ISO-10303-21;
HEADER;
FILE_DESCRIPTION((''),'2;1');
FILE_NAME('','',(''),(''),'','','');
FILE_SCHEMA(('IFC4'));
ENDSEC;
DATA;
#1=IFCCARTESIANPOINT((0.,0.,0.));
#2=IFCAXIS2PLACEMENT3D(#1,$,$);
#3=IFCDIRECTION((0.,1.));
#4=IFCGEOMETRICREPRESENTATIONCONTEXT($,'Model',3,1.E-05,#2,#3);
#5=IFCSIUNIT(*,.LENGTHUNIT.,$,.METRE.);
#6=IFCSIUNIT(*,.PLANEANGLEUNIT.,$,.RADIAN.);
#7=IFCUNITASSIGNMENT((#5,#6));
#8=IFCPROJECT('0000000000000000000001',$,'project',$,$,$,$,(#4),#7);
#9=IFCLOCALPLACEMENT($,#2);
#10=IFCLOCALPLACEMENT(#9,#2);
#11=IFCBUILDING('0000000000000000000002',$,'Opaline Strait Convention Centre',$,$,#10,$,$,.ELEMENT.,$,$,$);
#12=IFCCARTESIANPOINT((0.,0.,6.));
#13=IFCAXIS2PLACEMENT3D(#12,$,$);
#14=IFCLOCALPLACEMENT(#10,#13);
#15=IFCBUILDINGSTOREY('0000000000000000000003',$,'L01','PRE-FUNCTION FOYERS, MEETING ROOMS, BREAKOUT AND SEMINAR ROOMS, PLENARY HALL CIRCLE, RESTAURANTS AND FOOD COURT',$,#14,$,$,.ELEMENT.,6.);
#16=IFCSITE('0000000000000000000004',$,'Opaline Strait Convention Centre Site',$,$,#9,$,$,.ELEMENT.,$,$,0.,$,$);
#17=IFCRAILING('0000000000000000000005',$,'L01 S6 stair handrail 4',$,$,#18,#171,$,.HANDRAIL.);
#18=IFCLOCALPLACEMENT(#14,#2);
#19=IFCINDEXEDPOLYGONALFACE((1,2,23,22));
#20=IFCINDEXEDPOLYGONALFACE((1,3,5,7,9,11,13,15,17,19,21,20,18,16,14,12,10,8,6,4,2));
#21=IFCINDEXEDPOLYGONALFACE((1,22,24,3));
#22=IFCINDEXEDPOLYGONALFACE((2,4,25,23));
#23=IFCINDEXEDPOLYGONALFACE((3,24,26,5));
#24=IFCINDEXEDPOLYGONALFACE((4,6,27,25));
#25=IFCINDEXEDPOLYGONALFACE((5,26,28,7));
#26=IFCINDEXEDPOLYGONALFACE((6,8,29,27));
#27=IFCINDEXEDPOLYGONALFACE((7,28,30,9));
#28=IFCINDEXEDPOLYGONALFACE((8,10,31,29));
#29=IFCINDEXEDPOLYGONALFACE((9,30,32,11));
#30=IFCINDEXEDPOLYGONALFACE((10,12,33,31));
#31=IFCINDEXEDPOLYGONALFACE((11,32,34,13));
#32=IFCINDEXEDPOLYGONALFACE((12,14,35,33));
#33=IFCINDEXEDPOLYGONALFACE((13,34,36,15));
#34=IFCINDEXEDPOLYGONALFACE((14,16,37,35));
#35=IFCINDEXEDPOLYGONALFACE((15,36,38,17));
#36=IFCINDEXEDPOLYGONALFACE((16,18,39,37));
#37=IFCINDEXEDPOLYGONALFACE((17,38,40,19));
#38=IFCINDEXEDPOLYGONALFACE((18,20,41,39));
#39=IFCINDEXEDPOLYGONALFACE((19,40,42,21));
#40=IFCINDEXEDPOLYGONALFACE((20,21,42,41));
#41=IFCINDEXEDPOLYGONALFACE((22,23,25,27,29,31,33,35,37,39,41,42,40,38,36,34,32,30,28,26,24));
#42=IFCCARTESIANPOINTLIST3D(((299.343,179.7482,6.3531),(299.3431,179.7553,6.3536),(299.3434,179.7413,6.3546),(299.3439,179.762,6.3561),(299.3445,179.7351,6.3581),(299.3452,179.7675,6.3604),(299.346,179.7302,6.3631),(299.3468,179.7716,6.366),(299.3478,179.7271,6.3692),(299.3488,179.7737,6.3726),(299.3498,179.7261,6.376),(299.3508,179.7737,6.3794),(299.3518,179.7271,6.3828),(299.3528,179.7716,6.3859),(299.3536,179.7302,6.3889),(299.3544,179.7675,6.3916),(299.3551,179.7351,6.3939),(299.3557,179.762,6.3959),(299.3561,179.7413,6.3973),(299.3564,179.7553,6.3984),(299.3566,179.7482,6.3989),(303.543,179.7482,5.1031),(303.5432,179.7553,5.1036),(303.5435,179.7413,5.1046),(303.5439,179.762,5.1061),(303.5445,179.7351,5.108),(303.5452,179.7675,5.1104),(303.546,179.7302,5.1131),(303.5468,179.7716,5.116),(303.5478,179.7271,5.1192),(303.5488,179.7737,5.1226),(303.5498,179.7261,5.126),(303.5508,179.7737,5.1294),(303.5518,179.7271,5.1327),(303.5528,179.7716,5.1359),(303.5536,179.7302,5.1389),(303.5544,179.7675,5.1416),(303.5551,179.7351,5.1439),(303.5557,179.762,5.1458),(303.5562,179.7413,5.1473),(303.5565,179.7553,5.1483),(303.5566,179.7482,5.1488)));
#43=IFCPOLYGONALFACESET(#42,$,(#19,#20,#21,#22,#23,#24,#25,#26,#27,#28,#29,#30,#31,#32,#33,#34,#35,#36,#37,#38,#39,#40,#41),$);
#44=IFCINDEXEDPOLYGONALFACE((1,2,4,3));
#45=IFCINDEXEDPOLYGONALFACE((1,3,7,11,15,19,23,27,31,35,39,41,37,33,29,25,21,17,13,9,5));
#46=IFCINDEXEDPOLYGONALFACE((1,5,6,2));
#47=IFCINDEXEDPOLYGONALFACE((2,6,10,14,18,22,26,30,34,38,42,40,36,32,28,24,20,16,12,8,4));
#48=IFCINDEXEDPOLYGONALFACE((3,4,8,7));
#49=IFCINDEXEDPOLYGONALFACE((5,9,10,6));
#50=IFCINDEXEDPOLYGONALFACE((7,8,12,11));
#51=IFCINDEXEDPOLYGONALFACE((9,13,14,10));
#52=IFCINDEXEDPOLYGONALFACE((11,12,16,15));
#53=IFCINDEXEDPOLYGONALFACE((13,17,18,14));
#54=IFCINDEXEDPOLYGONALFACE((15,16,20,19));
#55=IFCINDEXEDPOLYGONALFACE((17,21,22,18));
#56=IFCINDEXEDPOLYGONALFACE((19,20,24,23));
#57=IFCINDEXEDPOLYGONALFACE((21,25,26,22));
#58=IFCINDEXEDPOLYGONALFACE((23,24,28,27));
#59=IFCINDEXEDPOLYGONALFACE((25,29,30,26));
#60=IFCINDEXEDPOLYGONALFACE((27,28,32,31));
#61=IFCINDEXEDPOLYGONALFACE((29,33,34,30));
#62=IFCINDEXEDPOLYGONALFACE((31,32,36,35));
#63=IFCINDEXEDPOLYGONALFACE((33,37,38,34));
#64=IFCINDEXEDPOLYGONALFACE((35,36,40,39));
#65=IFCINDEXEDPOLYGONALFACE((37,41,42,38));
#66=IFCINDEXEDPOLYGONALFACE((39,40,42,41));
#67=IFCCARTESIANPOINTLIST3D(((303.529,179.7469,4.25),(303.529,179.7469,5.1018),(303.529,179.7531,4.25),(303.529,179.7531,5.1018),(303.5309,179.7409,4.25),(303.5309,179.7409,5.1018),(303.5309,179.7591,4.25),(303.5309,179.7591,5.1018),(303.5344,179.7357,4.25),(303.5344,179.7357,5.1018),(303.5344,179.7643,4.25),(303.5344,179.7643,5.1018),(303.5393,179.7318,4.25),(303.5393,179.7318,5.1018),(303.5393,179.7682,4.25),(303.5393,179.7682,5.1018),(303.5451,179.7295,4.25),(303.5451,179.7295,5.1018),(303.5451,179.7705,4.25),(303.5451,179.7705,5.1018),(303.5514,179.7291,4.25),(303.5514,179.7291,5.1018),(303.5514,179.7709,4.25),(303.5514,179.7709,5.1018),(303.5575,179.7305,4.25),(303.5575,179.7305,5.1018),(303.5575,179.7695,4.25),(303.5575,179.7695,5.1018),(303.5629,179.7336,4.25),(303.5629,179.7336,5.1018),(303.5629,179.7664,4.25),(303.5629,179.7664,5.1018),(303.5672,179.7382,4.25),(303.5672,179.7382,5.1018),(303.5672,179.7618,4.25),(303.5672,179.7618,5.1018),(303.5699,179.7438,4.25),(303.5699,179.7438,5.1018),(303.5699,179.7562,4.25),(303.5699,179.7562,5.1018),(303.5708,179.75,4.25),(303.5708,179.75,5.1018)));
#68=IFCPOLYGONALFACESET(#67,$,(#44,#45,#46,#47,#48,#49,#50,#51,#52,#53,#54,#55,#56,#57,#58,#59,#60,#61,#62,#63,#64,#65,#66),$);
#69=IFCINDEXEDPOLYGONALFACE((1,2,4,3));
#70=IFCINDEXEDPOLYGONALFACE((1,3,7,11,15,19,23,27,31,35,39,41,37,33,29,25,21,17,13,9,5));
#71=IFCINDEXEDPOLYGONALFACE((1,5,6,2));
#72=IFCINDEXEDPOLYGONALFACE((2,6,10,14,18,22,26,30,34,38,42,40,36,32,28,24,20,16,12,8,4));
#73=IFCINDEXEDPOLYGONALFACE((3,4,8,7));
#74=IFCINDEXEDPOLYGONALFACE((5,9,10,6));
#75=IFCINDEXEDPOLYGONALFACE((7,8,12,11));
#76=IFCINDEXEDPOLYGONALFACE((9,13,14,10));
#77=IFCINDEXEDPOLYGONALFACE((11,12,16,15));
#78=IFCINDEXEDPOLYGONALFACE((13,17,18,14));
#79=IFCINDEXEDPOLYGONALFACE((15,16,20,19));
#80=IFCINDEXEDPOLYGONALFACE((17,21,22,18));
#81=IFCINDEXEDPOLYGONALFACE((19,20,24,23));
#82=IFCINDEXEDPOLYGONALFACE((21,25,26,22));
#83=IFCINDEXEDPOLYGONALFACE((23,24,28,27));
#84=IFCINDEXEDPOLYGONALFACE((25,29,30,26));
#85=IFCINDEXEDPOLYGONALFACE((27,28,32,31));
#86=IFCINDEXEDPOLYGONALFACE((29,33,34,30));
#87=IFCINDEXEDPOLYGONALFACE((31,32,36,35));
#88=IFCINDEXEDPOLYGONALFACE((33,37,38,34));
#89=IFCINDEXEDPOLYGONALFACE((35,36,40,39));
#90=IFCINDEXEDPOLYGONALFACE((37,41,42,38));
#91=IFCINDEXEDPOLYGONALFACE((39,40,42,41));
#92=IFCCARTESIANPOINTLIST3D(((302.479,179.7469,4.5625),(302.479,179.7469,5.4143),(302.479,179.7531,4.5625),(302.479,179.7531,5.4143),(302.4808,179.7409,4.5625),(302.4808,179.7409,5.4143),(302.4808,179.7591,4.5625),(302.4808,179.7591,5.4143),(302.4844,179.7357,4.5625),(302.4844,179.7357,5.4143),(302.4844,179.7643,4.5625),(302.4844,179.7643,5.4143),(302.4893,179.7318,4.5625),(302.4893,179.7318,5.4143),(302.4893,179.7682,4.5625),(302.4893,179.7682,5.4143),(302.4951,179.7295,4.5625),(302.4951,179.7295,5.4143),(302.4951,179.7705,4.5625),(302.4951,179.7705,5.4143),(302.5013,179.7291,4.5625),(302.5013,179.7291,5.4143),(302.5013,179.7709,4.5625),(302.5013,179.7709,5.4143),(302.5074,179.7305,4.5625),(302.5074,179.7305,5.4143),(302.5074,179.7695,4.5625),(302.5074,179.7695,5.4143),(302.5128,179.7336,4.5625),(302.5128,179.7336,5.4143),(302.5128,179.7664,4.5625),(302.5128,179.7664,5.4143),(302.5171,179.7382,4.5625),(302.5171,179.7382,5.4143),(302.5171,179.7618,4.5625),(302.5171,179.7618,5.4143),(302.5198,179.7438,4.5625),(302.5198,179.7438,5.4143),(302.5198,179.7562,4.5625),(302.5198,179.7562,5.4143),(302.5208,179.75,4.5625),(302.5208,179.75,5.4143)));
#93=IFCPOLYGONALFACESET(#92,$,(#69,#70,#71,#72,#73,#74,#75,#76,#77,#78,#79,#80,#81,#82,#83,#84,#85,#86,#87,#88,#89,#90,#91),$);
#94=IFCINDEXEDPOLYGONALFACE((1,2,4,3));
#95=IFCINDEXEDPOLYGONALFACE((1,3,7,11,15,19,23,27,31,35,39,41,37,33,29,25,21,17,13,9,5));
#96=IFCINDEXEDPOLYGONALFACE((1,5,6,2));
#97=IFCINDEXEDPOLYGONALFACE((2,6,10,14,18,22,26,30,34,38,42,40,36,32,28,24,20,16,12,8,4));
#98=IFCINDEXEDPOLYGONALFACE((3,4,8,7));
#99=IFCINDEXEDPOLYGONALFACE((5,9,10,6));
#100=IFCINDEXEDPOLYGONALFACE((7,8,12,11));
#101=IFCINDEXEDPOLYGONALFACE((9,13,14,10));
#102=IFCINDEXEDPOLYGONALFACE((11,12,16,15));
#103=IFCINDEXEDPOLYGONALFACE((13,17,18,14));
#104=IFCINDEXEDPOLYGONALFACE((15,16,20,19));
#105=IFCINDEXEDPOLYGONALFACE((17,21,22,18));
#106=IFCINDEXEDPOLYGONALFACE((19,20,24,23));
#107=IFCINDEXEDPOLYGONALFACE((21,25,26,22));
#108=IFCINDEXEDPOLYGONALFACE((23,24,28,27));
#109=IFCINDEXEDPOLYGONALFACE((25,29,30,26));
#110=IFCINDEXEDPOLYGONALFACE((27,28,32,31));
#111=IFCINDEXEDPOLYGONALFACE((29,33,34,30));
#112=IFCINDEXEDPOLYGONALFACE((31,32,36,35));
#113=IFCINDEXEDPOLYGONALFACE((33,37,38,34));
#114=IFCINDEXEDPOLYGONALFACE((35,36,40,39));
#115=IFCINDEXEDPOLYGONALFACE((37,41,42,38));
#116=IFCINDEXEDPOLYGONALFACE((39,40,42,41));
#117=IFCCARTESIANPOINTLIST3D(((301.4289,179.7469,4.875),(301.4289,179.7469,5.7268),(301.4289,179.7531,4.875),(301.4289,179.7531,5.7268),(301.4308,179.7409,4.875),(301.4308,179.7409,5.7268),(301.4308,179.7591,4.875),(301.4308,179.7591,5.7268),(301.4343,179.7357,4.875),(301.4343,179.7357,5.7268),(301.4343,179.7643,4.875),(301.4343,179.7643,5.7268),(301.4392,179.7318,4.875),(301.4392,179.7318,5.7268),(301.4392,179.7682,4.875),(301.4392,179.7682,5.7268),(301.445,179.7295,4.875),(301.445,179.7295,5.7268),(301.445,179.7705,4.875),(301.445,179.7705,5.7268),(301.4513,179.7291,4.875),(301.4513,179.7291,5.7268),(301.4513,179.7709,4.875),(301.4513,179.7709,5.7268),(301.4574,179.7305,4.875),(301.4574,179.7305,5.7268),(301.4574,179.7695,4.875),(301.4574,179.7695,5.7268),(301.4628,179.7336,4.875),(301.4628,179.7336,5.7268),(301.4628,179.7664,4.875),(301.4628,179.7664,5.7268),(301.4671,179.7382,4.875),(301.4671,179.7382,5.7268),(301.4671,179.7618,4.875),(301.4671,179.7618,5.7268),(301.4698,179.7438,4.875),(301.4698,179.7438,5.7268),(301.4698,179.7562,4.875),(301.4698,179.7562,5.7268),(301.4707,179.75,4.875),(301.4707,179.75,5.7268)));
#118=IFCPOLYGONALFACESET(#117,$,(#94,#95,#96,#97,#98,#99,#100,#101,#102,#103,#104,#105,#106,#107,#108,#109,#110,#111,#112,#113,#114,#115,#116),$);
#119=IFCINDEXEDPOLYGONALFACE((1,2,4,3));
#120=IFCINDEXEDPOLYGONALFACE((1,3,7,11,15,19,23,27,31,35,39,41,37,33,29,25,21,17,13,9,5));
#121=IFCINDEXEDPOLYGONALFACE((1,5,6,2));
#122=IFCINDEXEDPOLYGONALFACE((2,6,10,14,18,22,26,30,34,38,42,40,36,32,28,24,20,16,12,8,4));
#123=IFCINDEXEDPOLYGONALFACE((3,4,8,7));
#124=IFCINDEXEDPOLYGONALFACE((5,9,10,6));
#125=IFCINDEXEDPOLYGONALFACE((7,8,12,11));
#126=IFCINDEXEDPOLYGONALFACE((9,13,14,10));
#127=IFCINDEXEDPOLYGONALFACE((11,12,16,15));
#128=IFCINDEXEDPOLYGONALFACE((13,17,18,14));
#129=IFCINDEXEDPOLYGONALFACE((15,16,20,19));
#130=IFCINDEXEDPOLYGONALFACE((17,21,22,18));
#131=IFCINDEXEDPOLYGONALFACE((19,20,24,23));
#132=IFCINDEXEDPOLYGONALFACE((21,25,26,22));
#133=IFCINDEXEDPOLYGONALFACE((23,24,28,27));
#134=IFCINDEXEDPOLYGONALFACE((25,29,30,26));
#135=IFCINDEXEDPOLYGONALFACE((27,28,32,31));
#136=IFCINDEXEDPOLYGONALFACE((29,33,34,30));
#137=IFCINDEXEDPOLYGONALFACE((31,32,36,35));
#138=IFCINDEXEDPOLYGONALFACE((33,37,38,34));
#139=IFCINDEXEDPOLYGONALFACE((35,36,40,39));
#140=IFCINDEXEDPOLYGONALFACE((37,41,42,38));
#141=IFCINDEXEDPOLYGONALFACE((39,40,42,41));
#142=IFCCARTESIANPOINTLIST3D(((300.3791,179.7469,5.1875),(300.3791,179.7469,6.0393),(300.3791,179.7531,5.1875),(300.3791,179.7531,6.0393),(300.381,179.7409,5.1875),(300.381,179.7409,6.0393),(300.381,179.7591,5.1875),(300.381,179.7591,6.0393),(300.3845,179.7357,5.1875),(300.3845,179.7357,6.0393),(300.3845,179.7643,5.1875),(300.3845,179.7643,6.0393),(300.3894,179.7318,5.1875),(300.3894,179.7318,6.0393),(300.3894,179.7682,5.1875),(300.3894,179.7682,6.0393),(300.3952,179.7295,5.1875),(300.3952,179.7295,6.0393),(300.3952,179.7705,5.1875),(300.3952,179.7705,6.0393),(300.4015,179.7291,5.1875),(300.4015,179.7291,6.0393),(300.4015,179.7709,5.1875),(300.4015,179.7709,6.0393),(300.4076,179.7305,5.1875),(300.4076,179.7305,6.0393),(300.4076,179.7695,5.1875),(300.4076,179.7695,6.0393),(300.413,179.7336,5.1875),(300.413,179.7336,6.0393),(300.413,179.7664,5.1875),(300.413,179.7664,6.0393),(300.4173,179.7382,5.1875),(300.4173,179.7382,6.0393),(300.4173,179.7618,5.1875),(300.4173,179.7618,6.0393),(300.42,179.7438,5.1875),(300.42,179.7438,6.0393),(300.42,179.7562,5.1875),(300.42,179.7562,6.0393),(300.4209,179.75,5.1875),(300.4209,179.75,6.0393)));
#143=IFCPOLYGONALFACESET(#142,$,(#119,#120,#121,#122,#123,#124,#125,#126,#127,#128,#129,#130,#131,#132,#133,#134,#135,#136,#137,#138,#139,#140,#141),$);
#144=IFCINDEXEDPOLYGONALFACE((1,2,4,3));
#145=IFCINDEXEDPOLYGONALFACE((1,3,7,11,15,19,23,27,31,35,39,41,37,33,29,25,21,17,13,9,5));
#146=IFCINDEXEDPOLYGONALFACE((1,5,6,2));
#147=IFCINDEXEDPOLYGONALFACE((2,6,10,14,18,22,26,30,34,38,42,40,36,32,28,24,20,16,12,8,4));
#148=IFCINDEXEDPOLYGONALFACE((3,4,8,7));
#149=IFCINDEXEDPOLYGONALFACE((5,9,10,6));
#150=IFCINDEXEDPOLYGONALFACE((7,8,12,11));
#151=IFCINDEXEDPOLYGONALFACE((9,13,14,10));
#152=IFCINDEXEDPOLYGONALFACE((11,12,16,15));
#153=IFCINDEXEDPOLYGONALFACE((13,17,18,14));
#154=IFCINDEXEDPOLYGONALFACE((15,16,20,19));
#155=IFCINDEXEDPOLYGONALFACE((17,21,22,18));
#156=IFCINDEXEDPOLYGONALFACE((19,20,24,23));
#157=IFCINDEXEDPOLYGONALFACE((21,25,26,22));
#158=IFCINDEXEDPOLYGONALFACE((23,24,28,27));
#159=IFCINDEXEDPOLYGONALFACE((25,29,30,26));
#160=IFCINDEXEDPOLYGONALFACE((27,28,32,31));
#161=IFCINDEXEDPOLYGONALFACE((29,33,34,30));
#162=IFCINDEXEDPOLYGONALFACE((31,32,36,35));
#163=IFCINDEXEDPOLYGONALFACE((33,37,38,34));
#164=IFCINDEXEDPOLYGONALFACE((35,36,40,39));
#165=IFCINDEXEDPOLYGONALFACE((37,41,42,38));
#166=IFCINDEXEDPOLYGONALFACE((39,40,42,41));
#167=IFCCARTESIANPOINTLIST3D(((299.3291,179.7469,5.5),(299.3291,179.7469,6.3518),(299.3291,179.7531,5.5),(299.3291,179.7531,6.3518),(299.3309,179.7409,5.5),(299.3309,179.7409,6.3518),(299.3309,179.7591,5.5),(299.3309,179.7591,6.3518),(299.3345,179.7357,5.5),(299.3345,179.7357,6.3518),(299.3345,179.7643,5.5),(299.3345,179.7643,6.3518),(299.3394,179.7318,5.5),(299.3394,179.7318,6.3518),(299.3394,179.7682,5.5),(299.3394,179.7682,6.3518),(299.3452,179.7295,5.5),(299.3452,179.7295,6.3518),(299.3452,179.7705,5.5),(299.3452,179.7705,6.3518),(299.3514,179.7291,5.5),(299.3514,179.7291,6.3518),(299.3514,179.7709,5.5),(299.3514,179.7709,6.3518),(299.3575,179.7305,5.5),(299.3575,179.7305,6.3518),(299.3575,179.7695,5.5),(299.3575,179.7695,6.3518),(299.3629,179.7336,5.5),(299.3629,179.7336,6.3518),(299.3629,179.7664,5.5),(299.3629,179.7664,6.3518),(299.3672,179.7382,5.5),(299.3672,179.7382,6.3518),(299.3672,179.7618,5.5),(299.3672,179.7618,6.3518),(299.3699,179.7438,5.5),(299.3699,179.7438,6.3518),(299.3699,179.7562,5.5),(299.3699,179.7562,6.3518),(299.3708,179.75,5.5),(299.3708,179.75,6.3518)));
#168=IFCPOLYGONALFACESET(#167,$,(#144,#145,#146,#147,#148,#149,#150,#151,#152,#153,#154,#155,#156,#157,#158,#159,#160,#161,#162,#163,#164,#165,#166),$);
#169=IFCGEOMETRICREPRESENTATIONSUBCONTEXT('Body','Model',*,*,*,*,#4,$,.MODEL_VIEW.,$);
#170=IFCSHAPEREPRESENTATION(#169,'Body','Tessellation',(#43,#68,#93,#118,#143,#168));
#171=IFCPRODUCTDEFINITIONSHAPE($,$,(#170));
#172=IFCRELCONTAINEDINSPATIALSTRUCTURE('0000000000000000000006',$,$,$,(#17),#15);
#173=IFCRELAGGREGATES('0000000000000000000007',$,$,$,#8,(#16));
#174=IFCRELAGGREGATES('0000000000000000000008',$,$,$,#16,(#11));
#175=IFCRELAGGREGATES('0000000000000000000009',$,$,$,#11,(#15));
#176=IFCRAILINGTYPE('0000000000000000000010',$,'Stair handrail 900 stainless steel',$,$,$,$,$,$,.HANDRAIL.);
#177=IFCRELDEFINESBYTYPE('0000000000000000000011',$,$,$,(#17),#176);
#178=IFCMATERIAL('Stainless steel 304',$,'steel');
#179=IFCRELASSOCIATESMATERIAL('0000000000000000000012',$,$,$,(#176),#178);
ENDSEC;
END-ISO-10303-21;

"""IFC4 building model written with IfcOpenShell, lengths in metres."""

from ifc_helpers import new_model, si_unit, direction, frame, origin, origin_2d, place, context, subcontext, project, spatial, circle, extrude, material, type_object, element, save


model = new_model("IFC4")

# Units and contexts
model_context = context("Model", 3, precision=1e-05, world=origin(), true_north=direction((0.0, 1.0)))
body_context = subcontext(model_context, "Body", "Model", "MODEL_VIEW")
ifc_project = project(units=[si_unit("LENGTHUNIT", "METRE"), si_unit("PLANEANGLEUNIT", "RADIAN")], contexts=[model_context])

# Site, building, storey
site_placement = place(None, origin())
site = spatial("IfcSite", under=ifc_project, at=site_placement, Name="Opaline Strait Convention Centre Site", CompositionType="ELEMENT", RefElevation=0.0)
building_placement = place(site_placement, origin())
building = spatial("IfcBuilding", under=site, at=building_placement, Name="Opaline Strait Convention Centre", CompositionType="ELEMENT")
storey_placement = place(building_placement, frame((0.0, 0.0, 6.0)))
storey = spatial("IfcBuildingStorey", under=building, at=storey_placement, Name="L01", Description="PRE-FUNCTION FOYERS, MEETING ROOMS, BREAKOUT AND SEMINAR ROOMS, PLENARY HALL CIRCLE, RESTAURANTS AND FOOD COURT", CompositionType="ELEMENT", Elevation=6.0)

# Railing
ifc_material_1 = material(Name="Stainless steel 304", Category="steel")
railing_type_1 = type_object("IfcRailingType", Name="Stair handrail 900 stainless steel", PredefinedType="HANDRAIL", material=ifc_material_1)
railing_1_placement = place(storey_placement, frame((303.5498, 179.75, 4.25)))
element("IfcRailing", 1, at=railing_1_placement, inside=storey, type_object=railing_type_1, Name="L01 S6 stair handrail 4", PredefinedType="HANDRAIL", context=body_context, shape_type="SweptSolid", body=[
    extrude(circle(Radius=0.0239, at=origin_2d()), frame((0.0, 0.0, 0.876), z_axis=(-0.958451, 0.0, 0.285257), x_axis=(0.0, -1.0, 0.0)), (0.0, 0.0, 1.0), 4.3821),
    extrude(circle(Radius=0.021, at=origin_2d()), origin(), (0.0, 0.0, 1.0), 0.8518),
    extrude(circle(Radius=0.021, at=origin_2d()), frame((-1.05, 0.0, 0.3125)), (0.0, 0.0, 1.0), 0.8518),
    extrude(circle(Radius=0.021, at=origin_2d()), frame((-2.1001, 0.0, 0.625)), (0.0, 0.0, 1.0), 0.8518),
    extrude(circle(Radius=0.021, at=origin_2d()), frame((-3.1499, 0.0, 0.9375)), (0.0, 0.0, 1.0), 0.8518),
    extrude(circle(Radius=0.021, at=origin_2d()), frame((-4.2, 0.0, 1.25)), (0.0, 0.0, 1.0), 0.8518),
])

save(model, "model.ifc")
